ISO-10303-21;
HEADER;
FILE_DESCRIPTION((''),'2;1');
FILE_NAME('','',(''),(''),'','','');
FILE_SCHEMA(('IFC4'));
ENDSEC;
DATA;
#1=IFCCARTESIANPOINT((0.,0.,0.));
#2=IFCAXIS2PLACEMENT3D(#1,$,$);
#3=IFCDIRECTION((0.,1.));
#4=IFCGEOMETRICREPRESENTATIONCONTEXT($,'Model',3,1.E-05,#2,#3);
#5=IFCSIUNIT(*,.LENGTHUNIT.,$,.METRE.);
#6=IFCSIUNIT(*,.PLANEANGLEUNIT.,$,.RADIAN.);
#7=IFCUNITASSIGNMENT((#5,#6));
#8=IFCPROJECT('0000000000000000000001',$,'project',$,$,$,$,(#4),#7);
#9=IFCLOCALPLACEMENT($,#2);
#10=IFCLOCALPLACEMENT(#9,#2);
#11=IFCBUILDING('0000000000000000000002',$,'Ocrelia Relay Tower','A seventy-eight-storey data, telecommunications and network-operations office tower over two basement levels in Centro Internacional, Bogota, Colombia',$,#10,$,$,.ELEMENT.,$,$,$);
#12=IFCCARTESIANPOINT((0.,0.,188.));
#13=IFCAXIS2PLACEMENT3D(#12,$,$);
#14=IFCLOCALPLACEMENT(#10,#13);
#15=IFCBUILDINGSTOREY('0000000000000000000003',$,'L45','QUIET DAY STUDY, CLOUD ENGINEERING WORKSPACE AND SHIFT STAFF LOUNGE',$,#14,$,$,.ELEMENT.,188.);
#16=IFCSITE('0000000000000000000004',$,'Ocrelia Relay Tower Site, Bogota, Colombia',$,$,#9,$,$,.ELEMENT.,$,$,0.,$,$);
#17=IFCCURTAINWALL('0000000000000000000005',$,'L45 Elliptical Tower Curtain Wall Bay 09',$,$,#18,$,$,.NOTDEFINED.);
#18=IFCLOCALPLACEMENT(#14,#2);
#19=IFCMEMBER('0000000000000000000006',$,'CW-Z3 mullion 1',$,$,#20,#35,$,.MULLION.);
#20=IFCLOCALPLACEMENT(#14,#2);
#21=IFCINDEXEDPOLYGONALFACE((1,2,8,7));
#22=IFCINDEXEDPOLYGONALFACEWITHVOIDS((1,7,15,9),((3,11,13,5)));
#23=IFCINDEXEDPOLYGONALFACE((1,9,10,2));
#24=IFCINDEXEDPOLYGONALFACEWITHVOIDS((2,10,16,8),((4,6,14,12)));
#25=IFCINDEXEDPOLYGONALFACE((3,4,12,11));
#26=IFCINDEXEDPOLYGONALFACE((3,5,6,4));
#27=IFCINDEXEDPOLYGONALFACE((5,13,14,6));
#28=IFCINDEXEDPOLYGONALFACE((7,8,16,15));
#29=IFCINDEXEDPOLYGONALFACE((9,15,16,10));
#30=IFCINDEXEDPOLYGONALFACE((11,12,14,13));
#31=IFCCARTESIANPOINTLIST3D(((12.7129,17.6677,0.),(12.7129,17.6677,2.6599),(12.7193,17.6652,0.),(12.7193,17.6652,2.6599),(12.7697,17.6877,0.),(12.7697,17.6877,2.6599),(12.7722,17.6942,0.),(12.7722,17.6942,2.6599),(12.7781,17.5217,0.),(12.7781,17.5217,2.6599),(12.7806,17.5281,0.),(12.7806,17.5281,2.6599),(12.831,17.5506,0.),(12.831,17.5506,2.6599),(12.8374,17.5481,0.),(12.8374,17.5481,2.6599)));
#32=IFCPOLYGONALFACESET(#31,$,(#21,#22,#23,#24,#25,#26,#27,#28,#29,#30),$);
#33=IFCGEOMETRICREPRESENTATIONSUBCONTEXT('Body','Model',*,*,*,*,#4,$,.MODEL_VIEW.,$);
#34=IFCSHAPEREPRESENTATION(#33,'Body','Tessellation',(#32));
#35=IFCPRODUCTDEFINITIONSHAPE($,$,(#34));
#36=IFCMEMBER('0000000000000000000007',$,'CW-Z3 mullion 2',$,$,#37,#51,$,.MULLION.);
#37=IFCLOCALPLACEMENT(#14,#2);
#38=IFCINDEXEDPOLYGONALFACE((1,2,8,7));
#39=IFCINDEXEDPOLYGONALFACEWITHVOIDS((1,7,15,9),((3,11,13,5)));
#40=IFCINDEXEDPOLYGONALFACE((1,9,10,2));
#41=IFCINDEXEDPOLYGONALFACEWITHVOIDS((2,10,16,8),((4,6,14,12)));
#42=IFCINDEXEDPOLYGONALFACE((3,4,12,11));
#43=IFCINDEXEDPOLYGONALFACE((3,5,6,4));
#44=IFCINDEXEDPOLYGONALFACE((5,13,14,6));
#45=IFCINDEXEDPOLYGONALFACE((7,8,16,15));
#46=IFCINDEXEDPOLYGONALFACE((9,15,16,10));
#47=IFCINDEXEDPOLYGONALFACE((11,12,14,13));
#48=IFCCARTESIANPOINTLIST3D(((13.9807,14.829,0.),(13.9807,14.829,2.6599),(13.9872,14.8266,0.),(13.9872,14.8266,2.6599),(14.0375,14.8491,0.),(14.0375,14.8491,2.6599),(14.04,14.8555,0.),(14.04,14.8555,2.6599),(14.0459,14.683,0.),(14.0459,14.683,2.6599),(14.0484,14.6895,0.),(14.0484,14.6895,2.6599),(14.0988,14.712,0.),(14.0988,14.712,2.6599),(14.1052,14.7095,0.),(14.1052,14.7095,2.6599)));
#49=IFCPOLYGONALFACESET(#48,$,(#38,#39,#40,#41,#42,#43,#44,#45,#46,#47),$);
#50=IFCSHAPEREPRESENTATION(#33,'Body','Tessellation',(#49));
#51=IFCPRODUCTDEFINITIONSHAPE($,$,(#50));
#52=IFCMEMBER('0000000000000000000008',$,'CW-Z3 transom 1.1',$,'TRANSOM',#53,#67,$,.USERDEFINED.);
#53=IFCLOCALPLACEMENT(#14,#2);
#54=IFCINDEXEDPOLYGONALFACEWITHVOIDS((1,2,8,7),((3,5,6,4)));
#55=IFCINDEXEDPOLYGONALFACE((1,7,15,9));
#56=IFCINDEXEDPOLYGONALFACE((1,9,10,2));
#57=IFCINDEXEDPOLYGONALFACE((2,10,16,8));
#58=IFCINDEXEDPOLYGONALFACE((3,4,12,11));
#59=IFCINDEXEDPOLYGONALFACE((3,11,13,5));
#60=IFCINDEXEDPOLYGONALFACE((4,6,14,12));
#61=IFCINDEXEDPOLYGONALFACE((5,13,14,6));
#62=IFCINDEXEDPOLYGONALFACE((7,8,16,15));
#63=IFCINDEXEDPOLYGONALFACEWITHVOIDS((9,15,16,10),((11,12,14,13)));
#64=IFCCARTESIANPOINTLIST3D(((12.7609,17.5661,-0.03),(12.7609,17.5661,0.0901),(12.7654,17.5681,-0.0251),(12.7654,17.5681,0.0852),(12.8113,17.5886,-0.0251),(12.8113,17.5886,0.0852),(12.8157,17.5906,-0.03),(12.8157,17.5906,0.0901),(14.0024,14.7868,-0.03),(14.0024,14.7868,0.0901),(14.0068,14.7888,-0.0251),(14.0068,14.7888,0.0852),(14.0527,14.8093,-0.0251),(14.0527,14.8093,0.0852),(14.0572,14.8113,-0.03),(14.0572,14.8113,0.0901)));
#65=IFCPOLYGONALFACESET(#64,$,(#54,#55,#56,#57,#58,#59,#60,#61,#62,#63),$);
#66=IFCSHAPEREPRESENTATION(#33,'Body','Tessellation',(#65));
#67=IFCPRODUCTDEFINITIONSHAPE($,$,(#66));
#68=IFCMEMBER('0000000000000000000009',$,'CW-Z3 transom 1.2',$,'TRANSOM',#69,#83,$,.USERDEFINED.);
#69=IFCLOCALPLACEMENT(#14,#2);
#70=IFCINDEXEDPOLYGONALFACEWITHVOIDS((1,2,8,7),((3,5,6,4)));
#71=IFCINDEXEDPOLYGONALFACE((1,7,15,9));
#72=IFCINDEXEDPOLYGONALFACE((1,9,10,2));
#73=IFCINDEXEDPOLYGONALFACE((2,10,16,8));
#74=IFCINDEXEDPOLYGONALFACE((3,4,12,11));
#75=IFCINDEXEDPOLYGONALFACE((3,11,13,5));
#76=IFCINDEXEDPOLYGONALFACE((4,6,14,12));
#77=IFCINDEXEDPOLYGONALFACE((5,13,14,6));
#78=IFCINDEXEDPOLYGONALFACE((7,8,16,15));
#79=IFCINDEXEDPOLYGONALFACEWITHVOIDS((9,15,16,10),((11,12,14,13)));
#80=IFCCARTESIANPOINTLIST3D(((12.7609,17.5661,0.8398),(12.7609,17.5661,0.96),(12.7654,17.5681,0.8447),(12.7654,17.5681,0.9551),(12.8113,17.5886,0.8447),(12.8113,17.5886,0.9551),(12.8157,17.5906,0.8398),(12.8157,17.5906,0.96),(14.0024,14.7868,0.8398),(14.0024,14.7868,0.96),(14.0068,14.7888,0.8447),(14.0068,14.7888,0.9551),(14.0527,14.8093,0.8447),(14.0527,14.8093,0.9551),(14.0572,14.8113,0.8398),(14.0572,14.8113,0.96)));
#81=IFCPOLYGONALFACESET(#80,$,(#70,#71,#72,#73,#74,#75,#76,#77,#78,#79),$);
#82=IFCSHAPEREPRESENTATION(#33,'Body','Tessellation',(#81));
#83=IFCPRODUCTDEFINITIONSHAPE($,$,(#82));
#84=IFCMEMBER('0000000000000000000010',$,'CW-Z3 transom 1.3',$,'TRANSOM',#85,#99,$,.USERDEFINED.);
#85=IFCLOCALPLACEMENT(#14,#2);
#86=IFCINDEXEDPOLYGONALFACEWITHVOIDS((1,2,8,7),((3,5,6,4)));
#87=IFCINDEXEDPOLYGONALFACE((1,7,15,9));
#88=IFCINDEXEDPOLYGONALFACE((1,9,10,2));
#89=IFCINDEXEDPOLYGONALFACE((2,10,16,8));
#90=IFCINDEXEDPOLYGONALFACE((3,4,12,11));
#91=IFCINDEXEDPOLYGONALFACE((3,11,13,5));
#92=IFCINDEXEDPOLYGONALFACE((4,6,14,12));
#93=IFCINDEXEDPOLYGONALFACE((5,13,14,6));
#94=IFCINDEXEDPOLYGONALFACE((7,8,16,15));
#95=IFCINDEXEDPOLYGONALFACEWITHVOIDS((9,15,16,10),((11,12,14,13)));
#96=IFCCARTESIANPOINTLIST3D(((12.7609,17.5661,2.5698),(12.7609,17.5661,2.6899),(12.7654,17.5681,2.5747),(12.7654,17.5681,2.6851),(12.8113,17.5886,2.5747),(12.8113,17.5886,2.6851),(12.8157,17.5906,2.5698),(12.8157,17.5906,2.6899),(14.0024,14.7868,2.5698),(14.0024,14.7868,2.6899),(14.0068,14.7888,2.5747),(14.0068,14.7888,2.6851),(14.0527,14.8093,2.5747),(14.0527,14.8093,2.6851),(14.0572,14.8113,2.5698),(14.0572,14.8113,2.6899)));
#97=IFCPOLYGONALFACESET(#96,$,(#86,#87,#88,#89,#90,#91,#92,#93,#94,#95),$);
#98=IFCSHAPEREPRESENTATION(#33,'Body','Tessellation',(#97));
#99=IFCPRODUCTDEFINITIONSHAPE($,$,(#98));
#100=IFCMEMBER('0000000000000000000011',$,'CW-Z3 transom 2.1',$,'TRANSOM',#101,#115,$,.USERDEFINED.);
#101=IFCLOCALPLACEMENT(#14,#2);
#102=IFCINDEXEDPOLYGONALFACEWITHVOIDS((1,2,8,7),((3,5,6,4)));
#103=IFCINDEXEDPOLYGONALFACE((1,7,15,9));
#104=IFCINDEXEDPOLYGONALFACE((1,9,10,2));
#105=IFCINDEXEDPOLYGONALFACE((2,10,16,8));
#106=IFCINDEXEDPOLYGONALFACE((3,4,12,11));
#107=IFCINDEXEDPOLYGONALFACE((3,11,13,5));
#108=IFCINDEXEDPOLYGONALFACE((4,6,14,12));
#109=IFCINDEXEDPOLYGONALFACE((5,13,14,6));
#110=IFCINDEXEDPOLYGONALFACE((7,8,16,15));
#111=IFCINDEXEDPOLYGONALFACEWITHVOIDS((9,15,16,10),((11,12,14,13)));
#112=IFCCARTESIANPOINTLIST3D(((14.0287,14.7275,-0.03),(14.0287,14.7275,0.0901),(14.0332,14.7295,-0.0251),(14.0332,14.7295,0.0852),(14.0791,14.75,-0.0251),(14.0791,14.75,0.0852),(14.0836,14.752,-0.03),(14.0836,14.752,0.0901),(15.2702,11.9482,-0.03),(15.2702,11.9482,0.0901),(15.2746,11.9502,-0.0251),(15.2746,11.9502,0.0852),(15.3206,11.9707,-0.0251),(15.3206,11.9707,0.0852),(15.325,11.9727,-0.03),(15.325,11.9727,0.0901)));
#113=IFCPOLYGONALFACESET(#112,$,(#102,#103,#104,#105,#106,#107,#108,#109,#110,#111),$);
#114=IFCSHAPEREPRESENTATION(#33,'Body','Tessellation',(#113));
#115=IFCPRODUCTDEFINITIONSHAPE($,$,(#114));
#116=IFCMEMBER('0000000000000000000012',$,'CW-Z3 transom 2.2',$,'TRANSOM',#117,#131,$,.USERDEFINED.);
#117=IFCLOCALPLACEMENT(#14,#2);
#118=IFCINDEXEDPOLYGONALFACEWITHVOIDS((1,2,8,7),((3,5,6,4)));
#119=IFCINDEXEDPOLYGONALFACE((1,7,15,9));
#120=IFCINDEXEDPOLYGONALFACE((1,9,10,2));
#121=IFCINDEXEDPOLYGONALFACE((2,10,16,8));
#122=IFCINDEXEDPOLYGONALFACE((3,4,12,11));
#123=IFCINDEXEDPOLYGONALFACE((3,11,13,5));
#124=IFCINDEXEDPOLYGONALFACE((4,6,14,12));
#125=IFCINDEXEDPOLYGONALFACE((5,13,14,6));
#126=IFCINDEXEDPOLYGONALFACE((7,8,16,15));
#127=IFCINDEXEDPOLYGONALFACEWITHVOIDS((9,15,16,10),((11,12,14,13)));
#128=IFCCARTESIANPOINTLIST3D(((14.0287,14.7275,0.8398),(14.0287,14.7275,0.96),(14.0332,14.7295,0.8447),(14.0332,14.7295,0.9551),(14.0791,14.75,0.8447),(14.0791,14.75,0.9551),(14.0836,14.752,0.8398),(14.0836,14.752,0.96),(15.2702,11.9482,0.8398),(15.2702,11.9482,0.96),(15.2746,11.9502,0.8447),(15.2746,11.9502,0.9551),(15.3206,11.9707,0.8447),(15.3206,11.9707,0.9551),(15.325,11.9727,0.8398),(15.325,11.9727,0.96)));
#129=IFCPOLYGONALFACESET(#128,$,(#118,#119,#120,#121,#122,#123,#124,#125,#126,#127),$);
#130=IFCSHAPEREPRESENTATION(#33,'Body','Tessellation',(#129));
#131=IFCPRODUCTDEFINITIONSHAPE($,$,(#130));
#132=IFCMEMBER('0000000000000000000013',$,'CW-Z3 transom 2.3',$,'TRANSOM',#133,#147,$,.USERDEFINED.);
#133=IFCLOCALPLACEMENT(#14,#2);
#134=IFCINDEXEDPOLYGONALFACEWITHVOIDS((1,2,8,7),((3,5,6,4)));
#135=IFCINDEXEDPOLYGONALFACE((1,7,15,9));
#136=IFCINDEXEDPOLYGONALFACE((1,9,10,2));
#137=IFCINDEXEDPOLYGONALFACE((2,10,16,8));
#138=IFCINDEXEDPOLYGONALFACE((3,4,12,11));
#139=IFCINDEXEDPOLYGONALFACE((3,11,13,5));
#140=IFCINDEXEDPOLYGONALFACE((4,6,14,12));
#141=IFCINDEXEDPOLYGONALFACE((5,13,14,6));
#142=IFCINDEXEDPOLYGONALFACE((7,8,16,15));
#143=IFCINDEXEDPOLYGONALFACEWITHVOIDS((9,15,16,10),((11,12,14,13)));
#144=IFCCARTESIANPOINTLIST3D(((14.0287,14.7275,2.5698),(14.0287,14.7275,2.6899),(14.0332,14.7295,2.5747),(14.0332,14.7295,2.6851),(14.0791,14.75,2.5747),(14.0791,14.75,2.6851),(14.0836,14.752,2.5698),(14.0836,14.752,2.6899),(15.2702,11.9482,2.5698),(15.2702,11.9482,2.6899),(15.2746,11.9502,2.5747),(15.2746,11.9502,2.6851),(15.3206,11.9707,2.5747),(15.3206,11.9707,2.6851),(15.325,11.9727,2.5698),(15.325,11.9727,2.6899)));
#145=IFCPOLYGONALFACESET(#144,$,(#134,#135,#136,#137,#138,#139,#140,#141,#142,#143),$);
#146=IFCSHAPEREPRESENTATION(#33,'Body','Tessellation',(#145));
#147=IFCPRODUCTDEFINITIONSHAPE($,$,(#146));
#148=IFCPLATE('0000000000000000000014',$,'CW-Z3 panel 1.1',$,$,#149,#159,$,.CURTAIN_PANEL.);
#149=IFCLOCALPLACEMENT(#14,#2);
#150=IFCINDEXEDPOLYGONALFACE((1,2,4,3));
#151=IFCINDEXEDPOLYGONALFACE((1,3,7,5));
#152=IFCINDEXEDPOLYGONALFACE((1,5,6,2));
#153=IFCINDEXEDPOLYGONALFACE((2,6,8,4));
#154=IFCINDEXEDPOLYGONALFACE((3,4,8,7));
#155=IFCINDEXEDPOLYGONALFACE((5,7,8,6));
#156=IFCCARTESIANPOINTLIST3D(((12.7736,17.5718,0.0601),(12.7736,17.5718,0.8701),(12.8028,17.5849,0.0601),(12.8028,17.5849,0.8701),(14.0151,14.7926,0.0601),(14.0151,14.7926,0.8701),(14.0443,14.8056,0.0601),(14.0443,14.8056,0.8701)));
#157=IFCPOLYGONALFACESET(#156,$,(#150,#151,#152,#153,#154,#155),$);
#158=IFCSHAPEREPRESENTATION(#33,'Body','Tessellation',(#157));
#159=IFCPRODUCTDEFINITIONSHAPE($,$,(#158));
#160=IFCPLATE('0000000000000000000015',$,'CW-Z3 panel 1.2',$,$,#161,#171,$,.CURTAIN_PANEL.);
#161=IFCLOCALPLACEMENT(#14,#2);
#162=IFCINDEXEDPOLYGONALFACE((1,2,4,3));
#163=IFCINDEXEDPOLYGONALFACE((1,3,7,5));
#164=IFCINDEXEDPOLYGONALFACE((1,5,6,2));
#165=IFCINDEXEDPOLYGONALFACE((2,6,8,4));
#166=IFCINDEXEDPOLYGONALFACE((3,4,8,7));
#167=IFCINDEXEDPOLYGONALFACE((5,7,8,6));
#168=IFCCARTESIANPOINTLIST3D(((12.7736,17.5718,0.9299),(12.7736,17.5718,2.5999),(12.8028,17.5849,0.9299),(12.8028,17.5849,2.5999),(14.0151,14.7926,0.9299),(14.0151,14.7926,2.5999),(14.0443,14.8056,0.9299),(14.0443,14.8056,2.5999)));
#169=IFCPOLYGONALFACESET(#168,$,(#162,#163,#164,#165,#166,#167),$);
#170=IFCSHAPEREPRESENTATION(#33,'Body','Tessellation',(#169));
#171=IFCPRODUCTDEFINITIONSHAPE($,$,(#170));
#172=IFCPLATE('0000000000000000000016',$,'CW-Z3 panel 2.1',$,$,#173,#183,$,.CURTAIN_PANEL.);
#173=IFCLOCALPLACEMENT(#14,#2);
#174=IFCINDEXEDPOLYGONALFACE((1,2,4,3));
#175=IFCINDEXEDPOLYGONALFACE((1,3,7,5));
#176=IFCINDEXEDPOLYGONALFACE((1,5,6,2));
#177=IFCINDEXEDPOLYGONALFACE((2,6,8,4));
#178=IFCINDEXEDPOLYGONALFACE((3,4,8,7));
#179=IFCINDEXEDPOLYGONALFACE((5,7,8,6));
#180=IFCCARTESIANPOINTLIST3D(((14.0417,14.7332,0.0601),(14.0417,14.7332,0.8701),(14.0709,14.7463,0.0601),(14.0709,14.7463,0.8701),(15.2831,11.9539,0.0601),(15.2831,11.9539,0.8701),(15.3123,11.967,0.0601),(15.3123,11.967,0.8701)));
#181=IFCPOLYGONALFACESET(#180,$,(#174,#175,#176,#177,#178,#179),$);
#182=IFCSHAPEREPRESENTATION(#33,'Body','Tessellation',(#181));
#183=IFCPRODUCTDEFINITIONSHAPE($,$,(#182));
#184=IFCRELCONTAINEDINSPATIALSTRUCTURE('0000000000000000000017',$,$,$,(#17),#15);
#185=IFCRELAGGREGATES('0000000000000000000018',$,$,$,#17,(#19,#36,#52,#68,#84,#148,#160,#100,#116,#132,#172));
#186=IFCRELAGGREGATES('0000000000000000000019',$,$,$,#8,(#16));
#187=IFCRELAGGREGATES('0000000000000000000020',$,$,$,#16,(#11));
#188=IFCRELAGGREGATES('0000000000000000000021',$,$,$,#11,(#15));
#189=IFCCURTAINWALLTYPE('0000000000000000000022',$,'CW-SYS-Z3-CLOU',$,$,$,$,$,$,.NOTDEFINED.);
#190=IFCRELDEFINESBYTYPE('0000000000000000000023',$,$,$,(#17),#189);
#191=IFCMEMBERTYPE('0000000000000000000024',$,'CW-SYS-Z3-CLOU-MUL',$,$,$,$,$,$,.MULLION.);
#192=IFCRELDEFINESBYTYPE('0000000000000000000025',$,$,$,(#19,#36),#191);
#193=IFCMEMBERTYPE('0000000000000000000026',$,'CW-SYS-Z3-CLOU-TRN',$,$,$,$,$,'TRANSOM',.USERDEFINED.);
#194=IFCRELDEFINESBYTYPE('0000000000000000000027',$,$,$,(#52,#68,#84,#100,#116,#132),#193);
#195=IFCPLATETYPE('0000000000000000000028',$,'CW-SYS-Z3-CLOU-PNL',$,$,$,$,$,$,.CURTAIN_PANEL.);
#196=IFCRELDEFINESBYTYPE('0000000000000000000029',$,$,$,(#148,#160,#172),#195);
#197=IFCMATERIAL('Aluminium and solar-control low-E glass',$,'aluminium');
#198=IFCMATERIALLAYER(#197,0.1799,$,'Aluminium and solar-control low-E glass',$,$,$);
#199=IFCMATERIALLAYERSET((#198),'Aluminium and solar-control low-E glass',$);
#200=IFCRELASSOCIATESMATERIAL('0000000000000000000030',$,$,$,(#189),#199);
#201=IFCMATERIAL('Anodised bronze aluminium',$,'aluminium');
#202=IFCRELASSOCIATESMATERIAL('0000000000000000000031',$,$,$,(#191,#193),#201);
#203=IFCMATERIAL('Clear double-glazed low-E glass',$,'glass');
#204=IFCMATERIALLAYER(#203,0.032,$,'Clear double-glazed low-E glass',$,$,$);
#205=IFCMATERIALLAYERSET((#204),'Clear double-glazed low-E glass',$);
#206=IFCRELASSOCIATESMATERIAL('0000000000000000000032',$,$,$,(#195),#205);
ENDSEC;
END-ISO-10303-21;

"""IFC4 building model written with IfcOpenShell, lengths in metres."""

from ifc_helpers import new_model, si_unit, direction, frame, origin, origin_2d, place, context, subcontext, project, spatial, rectangle, hollow_rectangle, extrude, material, layer, layer_set, material_profile, profile_set, type_object, element, aggregate, save


model = new_model("IFC4")

# Units and contexts
model_context = context("Model", 3, precision=1e-05, world=origin(), true_north=direction((0.0, 1.0)))
body_context = subcontext(model_context, "Body", "Model", "MODEL_VIEW")
ifc_project = project(units=[si_unit("LENGTHUNIT", "METRE"), si_unit("PLANEANGLEUNIT", "RADIAN")], contexts=[model_context])

# Site, building, storey
site_placement = place(None, origin())
site = spatial("IfcSite", under=ifc_project, at=site_placement, Name="Ocrelia Relay Tower Site, Bogota, Colombia", CompositionType="ELEMENT", RefElevation=0.0)
building_placement = place(site_placement, origin())
building = spatial("IfcBuilding", under=site, at=building_placement, Name="Ocrelia Relay Tower", Description="A seventy-eight-storey data, telecommunications and network-operations office tower over two basement levels in Centro Internacional, Bogota, Colombia", CompositionType="ELEMENT")
storey_placement = place(building_placement, frame((0.0, 0.0, 188.0)))
storey = spatial("IfcBuildingStorey", under=building, at=storey_placement, Name="L45", Description="QUIET DAY STUDY, CLOUD ENGINEERING WORKSPACE AND SHIFT STAFF LOUNGE", CompositionType="ELEMENT", Elevation=188.0)

# Curtain wall, members, plates
ifc_material_1 = material(Name="Aluminium and solar-control low-E glass", Category="aluminium")
ifc_layer_1 = layer(ifc_material_1, 0.1799, Name="Aluminium and solar-control low-E glass")
ifc_layer_set_1 = layer_set([ifc_layer_1], Name="Aluminium and solar-control low-E glass")
curtain_wall_type = type_object("IfcCurtainWallType", Name="CW-SYS-Z3-CLOU", PredefinedType="NOTDEFINED", material=ifc_layer_set_1)
curtain_wall_placement = place(storey_placement, origin())
curtain_wall = element("IfcCurtainWall", 1, at=curtain_wall_placement, inside=storey, type_object=curtain_wall_type, Name="L45 Elliptical Tower Curtain Wall Bay 09", PredefinedType="NOTDEFINED")
ifc_material_2 = material(Name="Anodised bronze aluminium", Category="aluminium")
ifc_material_profile_1 = material_profile(ifc_material_2, hollow_rectangle(XDim=0.0649, YDim=0.1599, WallThickness=0.0049, at=origin_2d()), Name="CW-MUL-160x65")
ifc_profile_set_1 = profile_set([ifc_material_profile_1], Name="Anodised bronze aluminium")
member_type_1 = type_object("IfcMemberType", Name="CW-SYS-Z3-CLOU-MUL", PredefinedType="MULLION", material=ifc_profile_set_1)
member_1_placement = place(storey_placement, frame((12.7751, 17.6079, 0.0), z_axis=(0.0, 0.0, 1.0), x_axis=(0.913049, 0.407851, 0.0)))
member_1 = element("IfcMember", 2, at=member_1_placement, type_object=member_type_1, Name="CW-Z3 mullion 1", PredefinedType="MULLION", context=body_context, shape_type="SweptSolid", body=[
    extrude(hollow_rectangle(XDim=0.0649, YDim=0.1599, WallThickness=0.0049, at=origin_2d()), origin(), (0.0, 0.0, 1.0), 2.6599),
])
member_2_placement = place(storey_placement, frame((14.043, 14.7693, 0.0), z_axis=(0.0, 0.0, 1.0), x_axis=(0.913049, 0.407851, 0.0)))
member_2 = element("IfcMember", 3, at=member_2_placement, type_object=member_type_1, Name="CW-Z3 mullion 2", PredefinedType="MULLION", context=body_context, shape_type="SweptSolid", body=[
    extrude(hollow_rectangle(XDim=0.0649, YDim=0.1599, WallThickness=0.0049, at=origin_2d()), origin(), (0.0, 0.0, 1.0), 2.6599),
])
ifc_material_profile_2 = material_profile(ifc_material_2, hollow_rectangle(XDim=0.0601, YDim=0.1201, WallThickness=0.0049, at=origin_2d()), Name="CW-TRN-120x60")
ifc_profile_set_2 = profile_set([ifc_material_profile_2], Name="Anodised bronze aluminium")
member_type_2 = type_object("IfcMemberType", Name="CW-SYS-Z3-CLOU-TRN", ElementType="TRANSOM", PredefinedType="USERDEFINED", material=ifc_profile_set_2)
member_3_placement = place(storey_placement, frame((12.7883, 17.5784, 0.03), z_axis=(0.407842, -0.913053, 0.0), x_axis=(0.913053, 0.407842, 0.0)))
member_3 = element("IfcMember", 4, at=member_3_placement, type_object=member_type_2, Name="CW-Z3 transom 1.1", ObjectType="TRANSOM", PredefinedType="USERDEFINED", context=body_context, shape_type="SweptSolid", body=[
    extrude(hollow_rectangle(XDim=0.0601, YDim=0.1201, WallThickness=0.0049, at=origin_2d()), origin(), (0.0, 0.0, 1.0), 3.0439),
])
member_4_placement = place(storey_placement, frame((12.7883, 17.5784, 0.8999), z_axis=(0.407842, -0.913053, 0.0), x_axis=(0.913053, 0.407842, 0.0)))
member_4 = element("IfcMember", 5, at=member_4_placement, type_object=member_type_2, Name="CW-Z3 transom 1.2", ObjectType="TRANSOM", PredefinedType="USERDEFINED", context=body_context, shape_type="SweptSolid", body=[
    extrude(hollow_rectangle(XDim=0.0601, YDim=0.1201, WallThickness=0.0049, at=origin_2d()), origin(), (0.0, 0.0, 1.0), 3.0439),
])
member_5_placement = place(storey_placement, frame((12.7883, 17.5784, 2.6299), z_axis=(0.407842, -0.913053, 0.0), x_axis=(0.913053, 0.407842, 0.0)))
member_5 = element("IfcMember", 6, at=member_5_placement, type_object=member_type_2, Name="CW-Z3 transom 1.3", ObjectType="TRANSOM", PredefinedType="USERDEFINED", context=body_context, shape_type="SweptSolid", body=[
    extrude(hollow_rectangle(XDim=0.0601, YDim=0.1201, WallThickness=0.0049, at=origin_2d()), origin(), (0.0, 0.0, 1.0), 3.0439),
])
member_6_placement = place(storey_placement, frame((14.0562, 14.7397, 0.03), z_axis=(0.407842, -0.913053, 0.0), x_axis=(0.913053, 0.407842, 0.0)))
member_6 = element("IfcMember", 7, at=member_6_placement, type_object=member_type_2, Name="CW-Z3 transom 2.1", ObjectType="TRANSOM", PredefinedType="USERDEFINED", context=body_context, shape_type="SweptSolid", body=[
    extrude(hollow_rectangle(XDim=0.0601, YDim=0.1201, WallThickness=0.0049, at=origin_2d()), origin(), (0.0, 0.0, 1.0), 3.0439),
])
member_7_placement = place(storey_placement, frame((14.0562, 14.7397, 0.8999), z_axis=(0.407842, -0.913053, 0.0), x_axis=(0.913053, 0.407842, 0.0)))
member_7 = element("IfcMember", 8, at=member_7_placement, type_object=member_type_2, Name="CW-Z3 transom 2.2", ObjectType="TRANSOM", PredefinedType="USERDEFINED", context=body_context, shape_type="SweptSolid", body=[
    extrude(hollow_rectangle(XDim=0.0601, YDim=0.1201, WallThickness=0.0049, at=origin_2d()), origin(), (0.0, 0.0, 1.0), 3.0439),
])
member_8_placement = place(storey_placement, frame((14.0562, 14.7397, 2.6299), z_axis=(0.407842, -0.913053, 0.0), x_axis=(0.913053, 0.407842, 0.0)))
member_8 = element("IfcMember", 9, at=member_8_placement, type_object=member_type_2, Name="CW-Z3 transom 2.3", ObjectType="TRANSOM", PredefinedType="USERDEFINED", context=body_context, shape_type="SweptSolid", body=[
    extrude(hollow_rectangle(XDim=0.0601, YDim=0.1201, WallThickness=0.0049, at=origin_2d()), origin(), (0.0, 0.0, 1.0), 3.0439),
])
ifc_material_3 = material(Name="Clear double-glazed low-E glass", Category="glass")
ifc_layer_2 = layer(ifc_material_3, 0.032, Name="Clear double-glazed low-E glass")
ifc_layer_set_2 = layer_set([ifc_layer_2], Name="Clear double-glazed low-E glass")
plate_type = type_object("IfcPlateType", Name="CW-SYS-Z3-CLOU-PNL", PredefinedType="CURTAIN_PANEL", material=ifc_layer_set_2)
plate_1_placement = place(storey_placement, frame((13.4089, 16.1887, 0.0601), z_axis=(0.0, 0.0, 1.0), x_axis=(0.407851, -0.913049, 0.0)))
plate_1 = element("IfcPlate", 10, at=plate_1_placement, type_object=plate_type, Name="CW-Z3 panel 1.1", PredefinedType="CURTAIN_PANEL", context=body_context, shape_type="SweptSolid", body=[
    extrude(rectangle(XDim=3.0439, YDim=0.032, at=origin_2d()), origin(), (0.0, 0.0, 1.0), 0.8101),
])
plate_2_placement = place(storey_placement, frame((13.4089, 16.1887, 0.9299), z_axis=(0.0, 0.0, 1.0), x_axis=(0.407851, -0.913049, 0.0)))
plate_2 = element("IfcPlate", 11, at=plate_2_placement, type_object=plate_type, Name="CW-Z3 panel 1.2", PredefinedType="CURTAIN_PANEL", context=body_context, shape_type="SweptSolid", body=[
    extrude(rectangle(XDim=3.0439, YDim=0.032, at=origin_2d()), origin(), (0.0, 0.0, 1.0), 1.6699),
])
plate_3_placement = place(storey_placement, frame((14.677, 13.3501, 0.0601), z_axis=(0.0, 0.0, 1.0), x_axis=(0.407851, -0.913049, 0.0)))
plate_3 = element("IfcPlate", 12, at=plate_3_placement, type_object=plate_type, Name="CW-Z3 panel 2.1", PredefinedType="CURTAIN_PANEL", context=body_context, shape_type="SweptSolid", body=[
    extrude(rectangle(XDim=3.0439, YDim=0.032, at=origin_2d()), origin(), (0.0, 0.0, 1.0), 0.8101),
])
aggregate(curtain_wall, [member_1, member_2, member_3, member_4, member_5, plate_1, plate_2, member_6, member_7, member_8, plate_3])

save(model, "model.ifc")
